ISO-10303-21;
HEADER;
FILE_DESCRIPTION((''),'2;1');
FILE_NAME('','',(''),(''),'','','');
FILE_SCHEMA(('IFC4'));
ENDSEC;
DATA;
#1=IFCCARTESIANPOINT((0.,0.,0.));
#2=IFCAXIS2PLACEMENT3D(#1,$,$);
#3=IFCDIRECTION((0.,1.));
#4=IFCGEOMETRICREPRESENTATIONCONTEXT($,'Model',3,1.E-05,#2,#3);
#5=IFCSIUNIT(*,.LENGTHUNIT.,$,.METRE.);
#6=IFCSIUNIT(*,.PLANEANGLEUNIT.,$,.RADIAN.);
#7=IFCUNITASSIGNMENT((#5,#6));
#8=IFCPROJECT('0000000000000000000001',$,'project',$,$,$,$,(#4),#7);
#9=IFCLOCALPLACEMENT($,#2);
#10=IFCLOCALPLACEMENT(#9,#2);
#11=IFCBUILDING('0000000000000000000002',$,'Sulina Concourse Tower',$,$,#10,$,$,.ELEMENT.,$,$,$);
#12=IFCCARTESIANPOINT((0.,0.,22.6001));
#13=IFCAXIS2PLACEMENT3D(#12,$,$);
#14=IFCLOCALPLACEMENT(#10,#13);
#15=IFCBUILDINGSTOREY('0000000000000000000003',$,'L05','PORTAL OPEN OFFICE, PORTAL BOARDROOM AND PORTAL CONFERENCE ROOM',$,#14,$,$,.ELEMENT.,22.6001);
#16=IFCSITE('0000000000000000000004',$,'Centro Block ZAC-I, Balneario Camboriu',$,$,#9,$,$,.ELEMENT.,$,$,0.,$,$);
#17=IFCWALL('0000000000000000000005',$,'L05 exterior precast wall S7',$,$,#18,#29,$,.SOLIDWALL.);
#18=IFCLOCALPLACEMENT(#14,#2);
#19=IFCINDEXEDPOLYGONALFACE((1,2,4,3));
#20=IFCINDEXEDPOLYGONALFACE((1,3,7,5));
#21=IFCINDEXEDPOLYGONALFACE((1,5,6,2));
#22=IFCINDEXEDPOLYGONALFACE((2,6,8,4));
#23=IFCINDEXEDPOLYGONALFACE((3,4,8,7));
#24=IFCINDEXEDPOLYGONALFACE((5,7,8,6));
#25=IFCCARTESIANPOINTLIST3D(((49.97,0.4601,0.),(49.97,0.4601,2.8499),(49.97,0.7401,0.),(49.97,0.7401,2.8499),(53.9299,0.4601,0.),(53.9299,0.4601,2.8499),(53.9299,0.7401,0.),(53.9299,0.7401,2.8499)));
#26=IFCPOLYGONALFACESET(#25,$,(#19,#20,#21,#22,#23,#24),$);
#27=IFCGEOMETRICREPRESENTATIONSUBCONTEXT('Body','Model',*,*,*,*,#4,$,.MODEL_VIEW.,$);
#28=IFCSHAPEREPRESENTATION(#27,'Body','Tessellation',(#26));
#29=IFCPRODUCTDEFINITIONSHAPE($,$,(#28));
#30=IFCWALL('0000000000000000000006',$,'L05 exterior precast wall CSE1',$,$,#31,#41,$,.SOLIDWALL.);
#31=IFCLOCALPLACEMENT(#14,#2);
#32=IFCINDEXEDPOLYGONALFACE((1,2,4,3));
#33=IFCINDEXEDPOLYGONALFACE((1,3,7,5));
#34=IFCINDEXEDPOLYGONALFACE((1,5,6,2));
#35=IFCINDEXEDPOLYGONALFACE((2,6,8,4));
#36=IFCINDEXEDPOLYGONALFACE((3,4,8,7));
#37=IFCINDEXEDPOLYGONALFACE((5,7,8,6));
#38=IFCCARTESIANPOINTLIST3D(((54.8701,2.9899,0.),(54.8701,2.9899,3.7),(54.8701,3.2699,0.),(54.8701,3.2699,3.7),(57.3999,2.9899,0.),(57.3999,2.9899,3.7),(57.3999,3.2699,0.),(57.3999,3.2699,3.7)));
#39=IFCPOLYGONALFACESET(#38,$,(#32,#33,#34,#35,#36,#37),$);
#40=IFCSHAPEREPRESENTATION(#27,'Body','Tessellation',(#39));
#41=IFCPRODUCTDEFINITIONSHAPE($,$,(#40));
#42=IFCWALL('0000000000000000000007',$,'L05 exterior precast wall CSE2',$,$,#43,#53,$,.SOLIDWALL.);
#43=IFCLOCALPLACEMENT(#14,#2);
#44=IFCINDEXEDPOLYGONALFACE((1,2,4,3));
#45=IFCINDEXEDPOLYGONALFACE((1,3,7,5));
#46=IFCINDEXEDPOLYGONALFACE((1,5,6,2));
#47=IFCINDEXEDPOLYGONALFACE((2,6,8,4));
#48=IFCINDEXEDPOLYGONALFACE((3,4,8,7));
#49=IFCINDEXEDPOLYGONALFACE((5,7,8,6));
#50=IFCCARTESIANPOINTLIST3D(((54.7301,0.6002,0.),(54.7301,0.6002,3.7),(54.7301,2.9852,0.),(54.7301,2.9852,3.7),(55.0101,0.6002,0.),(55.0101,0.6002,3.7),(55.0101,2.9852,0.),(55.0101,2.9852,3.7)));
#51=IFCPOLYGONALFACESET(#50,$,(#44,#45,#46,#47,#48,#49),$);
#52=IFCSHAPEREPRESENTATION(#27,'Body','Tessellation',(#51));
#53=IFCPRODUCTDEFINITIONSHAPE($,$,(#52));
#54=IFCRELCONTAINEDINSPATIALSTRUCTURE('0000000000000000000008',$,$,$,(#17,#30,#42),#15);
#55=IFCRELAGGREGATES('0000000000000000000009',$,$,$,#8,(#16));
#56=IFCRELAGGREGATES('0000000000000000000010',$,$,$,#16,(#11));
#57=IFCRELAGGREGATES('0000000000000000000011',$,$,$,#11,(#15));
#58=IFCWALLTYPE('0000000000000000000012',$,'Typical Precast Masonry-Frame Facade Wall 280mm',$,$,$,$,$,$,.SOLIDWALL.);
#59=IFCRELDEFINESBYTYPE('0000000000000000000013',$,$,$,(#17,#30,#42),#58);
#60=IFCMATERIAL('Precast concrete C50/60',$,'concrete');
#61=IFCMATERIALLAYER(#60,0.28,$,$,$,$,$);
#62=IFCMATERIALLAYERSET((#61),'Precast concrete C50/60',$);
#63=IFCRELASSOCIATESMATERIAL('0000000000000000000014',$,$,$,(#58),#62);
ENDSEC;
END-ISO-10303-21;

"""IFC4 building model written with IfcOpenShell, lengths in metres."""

from ifc_helpers import new_model, si_unit, direction, frame, frame_2d, origin, place, context, subcontext, project, spatial, rectangle, extrude, material, layer, layer_set, type_object, element, save


model = new_model("IFC4")

# Units and contexts
model_context = context("Model", 3, precision=1e-05, world=origin(), true_north=direction((0.0, 1.0)))
body_context = subcontext(model_context, "Body", "Model", "MODEL_VIEW")
ifc_project = project(units=[si_unit("LENGTHUNIT", "METRE"), si_unit("PLANEANGLEUNIT", "RADIAN")], contexts=[model_context])

# Site, building, storey
site_placement = place(None, origin())
site = spatial("IfcSite", under=ifc_project, at=site_placement, Name="Centro Block ZAC-I, Balneario Camboriu", CompositionType="ELEMENT", RefElevation=0.0)
building_placement = place(site_placement, origin())
building = spatial("IfcBuilding", under=site, at=building_placement, Name="Sulina Concourse Tower", CompositionType="ELEMENT")
storey_placement = place(building_placement, frame((0.0, 0.0, 22.6001)))
storey = spatial("IfcBuildingStorey", under=building, at=storey_placement, Name="L05", Description="PORTAL OPEN OFFICE, PORTAL BOARDROOM AND PORTAL CONFERENCE ROOM", CompositionType="ELEMENT", Elevation=22.6001)

# Walls
ifc_material_1 = material(Name="Precast concrete C50/60", Category="concrete")
ifc_layer_1 = layer(ifc_material_1, 0.28)
ifc_layer_set_1 = layer_set([ifc_layer_1], Name="Precast concrete C50/60")
wall_type_1 = type_object("IfcWallType", Name="Typical Precast Masonry-Frame Facade Wall 280mm", PredefinedType="SOLIDWALL", material=ifc_layer_set_1)
wall_1_placement = place(storey_placement, frame((53.9299, 0.6001, 0.0), z_axis=(0.0, 0.0, 1.0), x_axis=(-1.0, 0.0, 0.0)))
element("IfcWall", 1, at=wall_1_placement, inside=storey, type_object=wall_type_1, Name="L05 exterior precast wall S7", PredefinedType="SOLIDWALL", context=body_context, shape_type="SweptSolid", body=[
    extrude(rectangle(XDim=3.96, YDim=0.28, at=frame_2d((1.98, 0.0))), origin(), (0.0, 0.0, 1.0), 2.8499),
])
wall_2_placement = place(storey_placement, frame((57.3999, 3.1299, 0.0), z_axis=(0.0, 0.0, 1.0), x_axis=(-1.0, 0.0, 0.0)))
element("IfcWall", 2, at=wall_2_placement, inside=storey, type_object=wall_type_1, Name="L05 exterior precast wall CSE1", PredefinedType="SOLIDWALL", context=body_context, shape_type="SweptSolid", body=[
    extrude(rectangle(XDim=2.5298, YDim=0.28, at=frame_2d((1.2649, 0.0))), origin(), (0.0, 0.0, 1.0), 3.7),
])
wall_3_placement = place(storey_placement, frame((54.8701, 2.9851, 0.0), z_axis=(0.0, 0.0, 1.0), x_axis=(0.0, -1.0, 0.0)))
element("IfcWall", 3, at=wall_3_placement, inside=storey, type_object=wall_type_1, Name="L05 exterior precast wall CSE2", PredefinedType="SOLIDWALL", context=body_context, shape_type="SweptSolid", body=[
    extrude(rectangle(XDim=2.385, YDim=0.28, at=frame_2d((1.1924, 0.0))), origin(), (0.0, 0.0, 1.0), 3.7),
])

save(model, "model.ifc")
